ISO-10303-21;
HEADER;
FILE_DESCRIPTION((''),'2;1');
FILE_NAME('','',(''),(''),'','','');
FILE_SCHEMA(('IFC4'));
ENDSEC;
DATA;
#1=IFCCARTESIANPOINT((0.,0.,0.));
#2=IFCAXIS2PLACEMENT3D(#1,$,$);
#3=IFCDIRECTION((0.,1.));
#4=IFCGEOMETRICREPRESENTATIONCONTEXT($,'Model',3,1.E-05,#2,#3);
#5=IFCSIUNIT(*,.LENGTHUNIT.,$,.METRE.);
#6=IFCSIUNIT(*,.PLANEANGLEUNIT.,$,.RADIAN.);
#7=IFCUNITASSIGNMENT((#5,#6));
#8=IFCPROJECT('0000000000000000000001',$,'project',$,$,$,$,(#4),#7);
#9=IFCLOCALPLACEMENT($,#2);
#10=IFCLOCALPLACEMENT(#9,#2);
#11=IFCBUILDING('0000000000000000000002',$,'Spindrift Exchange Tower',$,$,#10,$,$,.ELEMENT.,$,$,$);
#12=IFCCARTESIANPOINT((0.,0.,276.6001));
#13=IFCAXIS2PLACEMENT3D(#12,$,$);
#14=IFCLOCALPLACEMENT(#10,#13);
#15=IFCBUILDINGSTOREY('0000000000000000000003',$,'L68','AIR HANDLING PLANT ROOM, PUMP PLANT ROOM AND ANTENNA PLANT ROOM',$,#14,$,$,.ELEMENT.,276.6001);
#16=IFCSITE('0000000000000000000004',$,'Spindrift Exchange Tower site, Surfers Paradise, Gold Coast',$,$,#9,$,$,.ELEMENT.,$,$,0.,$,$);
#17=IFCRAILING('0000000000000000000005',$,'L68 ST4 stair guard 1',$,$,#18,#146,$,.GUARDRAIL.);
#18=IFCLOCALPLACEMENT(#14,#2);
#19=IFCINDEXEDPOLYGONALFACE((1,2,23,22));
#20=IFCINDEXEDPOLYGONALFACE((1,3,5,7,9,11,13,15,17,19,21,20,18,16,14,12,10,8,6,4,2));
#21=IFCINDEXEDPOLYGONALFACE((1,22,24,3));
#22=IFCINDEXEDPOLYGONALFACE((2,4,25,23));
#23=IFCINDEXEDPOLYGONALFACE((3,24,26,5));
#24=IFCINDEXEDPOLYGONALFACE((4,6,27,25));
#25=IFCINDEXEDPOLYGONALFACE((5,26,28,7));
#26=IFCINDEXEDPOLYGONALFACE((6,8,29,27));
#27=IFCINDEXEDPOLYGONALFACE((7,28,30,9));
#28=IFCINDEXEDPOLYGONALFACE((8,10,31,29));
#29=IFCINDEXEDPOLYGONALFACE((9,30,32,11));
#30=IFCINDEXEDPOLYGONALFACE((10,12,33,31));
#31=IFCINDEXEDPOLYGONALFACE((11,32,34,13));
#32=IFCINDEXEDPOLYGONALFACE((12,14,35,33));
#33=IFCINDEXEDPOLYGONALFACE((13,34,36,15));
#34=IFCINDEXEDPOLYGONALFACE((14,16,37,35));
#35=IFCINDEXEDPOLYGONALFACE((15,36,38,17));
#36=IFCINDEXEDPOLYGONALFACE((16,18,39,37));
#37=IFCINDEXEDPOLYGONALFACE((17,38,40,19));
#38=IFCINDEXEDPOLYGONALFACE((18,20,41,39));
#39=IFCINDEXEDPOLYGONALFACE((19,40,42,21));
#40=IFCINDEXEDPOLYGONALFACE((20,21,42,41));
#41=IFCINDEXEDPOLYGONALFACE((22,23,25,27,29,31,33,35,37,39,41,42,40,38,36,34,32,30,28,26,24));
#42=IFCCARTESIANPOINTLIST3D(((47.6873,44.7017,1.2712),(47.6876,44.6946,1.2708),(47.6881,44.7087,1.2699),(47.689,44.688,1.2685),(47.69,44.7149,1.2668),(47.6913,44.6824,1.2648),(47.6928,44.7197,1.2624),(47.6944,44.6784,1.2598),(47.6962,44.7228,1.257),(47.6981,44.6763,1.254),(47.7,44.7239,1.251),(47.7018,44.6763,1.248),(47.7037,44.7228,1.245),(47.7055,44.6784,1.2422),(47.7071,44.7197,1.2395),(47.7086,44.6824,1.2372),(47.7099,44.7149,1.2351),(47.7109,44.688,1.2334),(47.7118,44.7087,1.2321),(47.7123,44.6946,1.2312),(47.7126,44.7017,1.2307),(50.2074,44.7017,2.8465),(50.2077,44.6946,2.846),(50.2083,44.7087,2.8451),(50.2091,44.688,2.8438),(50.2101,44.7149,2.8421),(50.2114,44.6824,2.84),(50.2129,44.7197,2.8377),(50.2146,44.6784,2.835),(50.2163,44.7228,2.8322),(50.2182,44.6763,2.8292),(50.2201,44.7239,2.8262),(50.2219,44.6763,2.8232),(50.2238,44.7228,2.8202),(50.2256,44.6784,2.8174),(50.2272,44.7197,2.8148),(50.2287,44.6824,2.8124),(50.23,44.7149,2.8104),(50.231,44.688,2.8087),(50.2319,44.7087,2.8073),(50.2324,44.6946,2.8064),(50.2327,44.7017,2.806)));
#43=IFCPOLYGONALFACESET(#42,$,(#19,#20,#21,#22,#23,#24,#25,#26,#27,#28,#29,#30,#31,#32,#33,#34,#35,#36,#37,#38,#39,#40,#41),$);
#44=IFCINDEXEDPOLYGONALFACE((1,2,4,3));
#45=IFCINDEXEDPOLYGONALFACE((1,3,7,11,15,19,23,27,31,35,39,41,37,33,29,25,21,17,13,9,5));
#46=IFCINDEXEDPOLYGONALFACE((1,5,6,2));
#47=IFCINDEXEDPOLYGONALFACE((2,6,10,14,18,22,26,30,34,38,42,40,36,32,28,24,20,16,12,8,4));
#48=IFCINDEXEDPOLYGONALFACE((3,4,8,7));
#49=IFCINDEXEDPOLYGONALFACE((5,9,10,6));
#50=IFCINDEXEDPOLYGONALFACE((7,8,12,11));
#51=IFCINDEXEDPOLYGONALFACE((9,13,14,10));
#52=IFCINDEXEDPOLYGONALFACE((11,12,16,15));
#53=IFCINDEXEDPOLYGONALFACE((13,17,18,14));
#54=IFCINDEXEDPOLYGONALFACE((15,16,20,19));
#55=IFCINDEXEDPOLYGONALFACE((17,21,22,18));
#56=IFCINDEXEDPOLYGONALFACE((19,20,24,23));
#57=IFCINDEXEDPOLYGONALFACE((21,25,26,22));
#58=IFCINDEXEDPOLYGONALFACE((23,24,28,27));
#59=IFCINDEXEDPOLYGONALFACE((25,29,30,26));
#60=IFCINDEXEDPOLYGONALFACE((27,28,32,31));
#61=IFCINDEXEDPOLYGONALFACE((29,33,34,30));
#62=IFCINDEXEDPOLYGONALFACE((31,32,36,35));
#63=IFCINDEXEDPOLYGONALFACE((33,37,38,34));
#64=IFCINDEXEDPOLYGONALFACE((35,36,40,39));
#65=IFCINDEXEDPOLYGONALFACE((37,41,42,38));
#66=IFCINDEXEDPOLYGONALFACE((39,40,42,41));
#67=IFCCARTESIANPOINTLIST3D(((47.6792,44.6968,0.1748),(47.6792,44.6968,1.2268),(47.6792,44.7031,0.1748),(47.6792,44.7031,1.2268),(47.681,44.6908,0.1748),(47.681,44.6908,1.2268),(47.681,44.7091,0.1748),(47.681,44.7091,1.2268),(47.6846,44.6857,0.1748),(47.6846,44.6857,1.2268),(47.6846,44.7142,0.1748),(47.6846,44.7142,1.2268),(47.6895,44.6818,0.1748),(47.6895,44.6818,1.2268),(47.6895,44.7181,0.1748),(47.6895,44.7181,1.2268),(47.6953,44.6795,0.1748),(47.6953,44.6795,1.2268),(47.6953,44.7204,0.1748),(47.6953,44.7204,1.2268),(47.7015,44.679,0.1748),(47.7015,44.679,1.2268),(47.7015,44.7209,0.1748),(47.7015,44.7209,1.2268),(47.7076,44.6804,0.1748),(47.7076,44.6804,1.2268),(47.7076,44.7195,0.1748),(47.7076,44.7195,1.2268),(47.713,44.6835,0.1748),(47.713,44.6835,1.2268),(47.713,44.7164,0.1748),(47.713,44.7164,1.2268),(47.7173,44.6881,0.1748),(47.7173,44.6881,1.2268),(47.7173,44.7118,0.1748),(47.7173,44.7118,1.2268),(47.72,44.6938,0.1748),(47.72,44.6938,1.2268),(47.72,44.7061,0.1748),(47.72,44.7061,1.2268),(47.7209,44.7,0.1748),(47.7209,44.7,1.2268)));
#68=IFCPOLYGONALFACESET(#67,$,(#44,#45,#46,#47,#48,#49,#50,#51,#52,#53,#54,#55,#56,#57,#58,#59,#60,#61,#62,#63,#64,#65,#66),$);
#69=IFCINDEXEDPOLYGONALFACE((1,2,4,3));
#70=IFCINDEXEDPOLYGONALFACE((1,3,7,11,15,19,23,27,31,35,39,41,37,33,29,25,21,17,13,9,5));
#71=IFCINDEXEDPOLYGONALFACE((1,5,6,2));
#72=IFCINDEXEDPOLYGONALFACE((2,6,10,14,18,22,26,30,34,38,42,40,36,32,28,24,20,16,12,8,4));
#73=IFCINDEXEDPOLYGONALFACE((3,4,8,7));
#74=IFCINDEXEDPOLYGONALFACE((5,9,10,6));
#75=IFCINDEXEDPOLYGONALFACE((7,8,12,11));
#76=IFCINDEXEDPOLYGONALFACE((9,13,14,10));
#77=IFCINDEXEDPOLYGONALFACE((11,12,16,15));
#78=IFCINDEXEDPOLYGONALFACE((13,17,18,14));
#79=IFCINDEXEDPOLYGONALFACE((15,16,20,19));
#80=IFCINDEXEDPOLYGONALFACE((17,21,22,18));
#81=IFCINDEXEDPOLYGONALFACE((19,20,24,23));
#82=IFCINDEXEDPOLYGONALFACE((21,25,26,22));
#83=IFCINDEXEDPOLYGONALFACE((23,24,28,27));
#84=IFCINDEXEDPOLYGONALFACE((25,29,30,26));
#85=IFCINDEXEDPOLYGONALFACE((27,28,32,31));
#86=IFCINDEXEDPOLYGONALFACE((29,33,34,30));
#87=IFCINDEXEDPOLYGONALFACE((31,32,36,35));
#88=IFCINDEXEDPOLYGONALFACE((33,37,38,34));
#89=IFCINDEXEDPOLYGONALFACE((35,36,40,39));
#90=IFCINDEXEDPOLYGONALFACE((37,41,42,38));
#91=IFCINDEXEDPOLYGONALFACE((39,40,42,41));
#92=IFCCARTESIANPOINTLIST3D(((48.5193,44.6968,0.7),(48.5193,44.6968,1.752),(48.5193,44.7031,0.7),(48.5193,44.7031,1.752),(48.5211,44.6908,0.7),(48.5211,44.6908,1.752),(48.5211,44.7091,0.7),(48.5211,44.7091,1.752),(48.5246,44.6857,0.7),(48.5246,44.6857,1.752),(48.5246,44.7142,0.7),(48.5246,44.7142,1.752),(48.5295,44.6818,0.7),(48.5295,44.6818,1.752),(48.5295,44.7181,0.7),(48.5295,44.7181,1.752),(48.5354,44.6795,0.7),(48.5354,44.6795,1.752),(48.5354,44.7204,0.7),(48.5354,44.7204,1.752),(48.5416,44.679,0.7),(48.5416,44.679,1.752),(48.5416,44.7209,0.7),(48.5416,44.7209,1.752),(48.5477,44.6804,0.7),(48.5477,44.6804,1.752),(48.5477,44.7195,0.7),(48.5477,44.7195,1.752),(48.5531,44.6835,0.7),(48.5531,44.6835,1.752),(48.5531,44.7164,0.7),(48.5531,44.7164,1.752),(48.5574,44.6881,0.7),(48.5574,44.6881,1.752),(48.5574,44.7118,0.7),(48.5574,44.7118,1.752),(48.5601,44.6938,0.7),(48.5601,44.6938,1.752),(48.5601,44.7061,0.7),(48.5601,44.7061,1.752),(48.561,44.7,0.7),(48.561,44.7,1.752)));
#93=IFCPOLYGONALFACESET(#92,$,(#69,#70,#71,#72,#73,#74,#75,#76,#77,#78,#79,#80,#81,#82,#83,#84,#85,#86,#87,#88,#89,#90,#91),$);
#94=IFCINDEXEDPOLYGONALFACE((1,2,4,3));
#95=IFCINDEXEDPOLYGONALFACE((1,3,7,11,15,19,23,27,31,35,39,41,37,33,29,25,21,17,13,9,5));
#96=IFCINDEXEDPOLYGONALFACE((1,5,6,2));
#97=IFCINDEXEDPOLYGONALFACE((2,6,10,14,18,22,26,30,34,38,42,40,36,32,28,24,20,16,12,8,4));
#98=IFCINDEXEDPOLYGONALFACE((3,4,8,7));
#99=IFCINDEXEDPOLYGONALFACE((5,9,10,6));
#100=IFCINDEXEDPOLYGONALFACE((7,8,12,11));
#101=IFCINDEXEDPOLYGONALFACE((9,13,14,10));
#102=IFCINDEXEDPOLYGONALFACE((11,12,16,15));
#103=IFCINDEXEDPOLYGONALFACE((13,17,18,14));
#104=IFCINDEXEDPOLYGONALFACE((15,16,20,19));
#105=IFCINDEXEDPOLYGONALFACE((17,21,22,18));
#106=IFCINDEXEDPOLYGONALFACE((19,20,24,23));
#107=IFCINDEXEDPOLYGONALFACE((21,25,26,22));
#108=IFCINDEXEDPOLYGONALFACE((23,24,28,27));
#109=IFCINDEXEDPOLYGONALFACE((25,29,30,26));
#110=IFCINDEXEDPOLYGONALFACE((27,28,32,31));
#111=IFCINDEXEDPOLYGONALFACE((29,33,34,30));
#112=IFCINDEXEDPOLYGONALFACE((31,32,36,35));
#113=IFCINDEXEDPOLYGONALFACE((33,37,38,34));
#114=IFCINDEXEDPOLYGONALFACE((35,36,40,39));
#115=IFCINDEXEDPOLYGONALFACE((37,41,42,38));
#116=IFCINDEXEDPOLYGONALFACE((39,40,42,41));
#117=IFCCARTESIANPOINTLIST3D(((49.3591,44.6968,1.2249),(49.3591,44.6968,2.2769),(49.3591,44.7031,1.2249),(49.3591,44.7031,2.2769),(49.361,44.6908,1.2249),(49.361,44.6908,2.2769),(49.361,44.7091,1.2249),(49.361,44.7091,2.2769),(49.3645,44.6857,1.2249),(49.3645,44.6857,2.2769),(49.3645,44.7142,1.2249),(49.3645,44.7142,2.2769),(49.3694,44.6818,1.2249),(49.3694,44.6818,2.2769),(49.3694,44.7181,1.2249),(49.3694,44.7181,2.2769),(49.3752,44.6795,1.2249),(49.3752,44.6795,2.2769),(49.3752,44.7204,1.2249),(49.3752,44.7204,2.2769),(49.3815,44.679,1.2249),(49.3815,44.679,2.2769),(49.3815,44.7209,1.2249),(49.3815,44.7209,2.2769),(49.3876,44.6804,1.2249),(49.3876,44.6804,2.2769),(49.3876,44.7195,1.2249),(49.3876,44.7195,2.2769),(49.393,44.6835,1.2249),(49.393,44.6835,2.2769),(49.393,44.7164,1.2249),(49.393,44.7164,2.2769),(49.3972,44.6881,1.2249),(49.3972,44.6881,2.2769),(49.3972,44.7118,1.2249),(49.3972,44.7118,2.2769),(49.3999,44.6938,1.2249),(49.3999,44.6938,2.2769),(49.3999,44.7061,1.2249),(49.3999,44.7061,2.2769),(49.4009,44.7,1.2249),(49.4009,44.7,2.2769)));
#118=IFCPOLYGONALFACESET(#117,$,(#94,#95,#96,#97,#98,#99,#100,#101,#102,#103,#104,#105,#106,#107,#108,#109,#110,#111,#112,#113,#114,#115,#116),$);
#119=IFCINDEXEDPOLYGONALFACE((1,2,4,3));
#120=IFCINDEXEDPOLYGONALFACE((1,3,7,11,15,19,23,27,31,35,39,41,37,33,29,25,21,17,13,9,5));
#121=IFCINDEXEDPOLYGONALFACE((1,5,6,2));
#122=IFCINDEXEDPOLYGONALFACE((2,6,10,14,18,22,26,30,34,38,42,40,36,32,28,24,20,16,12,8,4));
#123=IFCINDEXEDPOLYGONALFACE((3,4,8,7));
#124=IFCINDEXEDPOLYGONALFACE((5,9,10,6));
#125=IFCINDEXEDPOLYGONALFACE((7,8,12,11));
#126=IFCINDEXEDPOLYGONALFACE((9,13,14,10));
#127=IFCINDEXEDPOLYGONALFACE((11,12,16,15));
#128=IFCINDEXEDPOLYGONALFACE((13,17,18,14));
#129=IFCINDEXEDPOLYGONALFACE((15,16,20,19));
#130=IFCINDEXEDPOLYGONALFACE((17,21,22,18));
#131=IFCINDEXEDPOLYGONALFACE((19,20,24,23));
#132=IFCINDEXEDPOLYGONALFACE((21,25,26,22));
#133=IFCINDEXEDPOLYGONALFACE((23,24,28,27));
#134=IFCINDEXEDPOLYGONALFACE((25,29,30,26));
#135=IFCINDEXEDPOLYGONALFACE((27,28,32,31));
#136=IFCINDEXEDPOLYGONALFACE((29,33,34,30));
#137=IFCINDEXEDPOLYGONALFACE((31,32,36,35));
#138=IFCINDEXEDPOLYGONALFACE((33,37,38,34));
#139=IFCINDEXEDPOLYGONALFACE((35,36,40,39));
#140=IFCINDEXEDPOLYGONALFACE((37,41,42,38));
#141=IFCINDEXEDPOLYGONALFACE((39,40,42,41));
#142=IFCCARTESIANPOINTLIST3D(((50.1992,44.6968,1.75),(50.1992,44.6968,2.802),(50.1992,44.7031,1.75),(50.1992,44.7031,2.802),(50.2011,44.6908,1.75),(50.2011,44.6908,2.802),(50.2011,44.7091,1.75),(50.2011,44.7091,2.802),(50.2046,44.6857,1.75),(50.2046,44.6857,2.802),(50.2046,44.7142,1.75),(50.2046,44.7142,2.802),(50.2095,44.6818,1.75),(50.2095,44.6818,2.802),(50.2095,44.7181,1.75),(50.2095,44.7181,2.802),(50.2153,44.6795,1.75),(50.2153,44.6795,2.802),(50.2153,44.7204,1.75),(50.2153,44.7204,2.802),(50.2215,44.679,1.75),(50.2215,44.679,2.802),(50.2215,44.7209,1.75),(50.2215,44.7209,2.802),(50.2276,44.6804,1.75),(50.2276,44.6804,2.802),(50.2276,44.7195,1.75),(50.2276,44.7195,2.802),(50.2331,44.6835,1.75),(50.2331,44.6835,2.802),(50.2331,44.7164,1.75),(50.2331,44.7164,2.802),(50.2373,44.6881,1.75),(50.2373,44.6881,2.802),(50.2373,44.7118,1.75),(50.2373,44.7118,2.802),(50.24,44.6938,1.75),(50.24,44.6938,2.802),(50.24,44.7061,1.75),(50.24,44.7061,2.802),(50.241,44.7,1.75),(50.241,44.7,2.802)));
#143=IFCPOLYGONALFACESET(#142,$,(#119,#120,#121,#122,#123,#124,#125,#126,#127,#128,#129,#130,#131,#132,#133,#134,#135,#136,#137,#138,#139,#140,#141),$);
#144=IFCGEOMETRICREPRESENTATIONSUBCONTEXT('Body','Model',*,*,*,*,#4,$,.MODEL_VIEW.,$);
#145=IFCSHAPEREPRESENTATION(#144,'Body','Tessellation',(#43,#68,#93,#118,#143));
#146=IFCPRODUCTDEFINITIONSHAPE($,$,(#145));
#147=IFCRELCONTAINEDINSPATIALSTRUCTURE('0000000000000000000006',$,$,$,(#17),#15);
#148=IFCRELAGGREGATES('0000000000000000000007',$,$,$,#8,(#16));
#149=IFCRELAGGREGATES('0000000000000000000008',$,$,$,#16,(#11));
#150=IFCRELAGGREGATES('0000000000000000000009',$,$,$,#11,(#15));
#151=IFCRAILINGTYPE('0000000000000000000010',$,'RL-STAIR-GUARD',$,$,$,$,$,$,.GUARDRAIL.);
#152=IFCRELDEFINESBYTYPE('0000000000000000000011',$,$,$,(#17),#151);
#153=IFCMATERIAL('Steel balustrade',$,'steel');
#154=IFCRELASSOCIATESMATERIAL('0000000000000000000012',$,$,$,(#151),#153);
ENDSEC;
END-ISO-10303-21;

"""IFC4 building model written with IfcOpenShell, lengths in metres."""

from ifc_helpers import new_model, si_unit, direction, frame, origin, origin_2d, place, context, subcontext, project, spatial, circle, extrude, material, type_object, element, save


model = new_model("IFC4")

# Units and contexts
model_context = context("Model", 3, precision=1e-05, world=origin(), true_north=direction((0.0, 1.0)))
body_context = subcontext(model_context, "Body", "Model", "MODEL_VIEW")
ifc_project = project(units=[si_unit("LENGTHUNIT", "METRE"), si_unit("PLANEANGLEUNIT", "RADIAN")], contexts=[model_context])

# Site, building, storey
site_placement = place(None, origin())
site = spatial("IfcSite", under=ifc_project, at=site_placement, Name="Spindrift Exchange Tower site, Surfers Paradise, Gold Coast", CompositionType="ELEMENT", RefElevation=0.0)
building_placement = place(site_placement, origin())
building = spatial("IfcBuilding", under=site, at=building_placement, Name="Spindrift Exchange Tower", CompositionType="ELEMENT")
storey_placement = place(building_placement, frame((0.0, 0.0, 276.6001)))
storey = spatial("IfcBuildingStorey", under=building, at=storey_placement, Name="L68", Description="AIR HANDLING PLANT ROOM, PUMP PLANT ROOM AND ANTENNA PLANT ROOM", CompositionType="ELEMENT", Elevation=276.6001)

# Railing
ifc_material_1 = material(Name="Steel balustrade", Category="steel")
railing_type_1 = type_object("IfcRailingType", Name="RL-STAIR-GUARD", PredefinedType="GUARDRAIL", material=ifc_material_1)
railing_1_placement = place(storey_placement, frame((47.7, 44.7, 0.1748)))
element("IfcRailing", 1, at=railing_1_placement, inside=storey, type_object=railing_type_1, Name="L68 ST4 stair guard 1", PredefinedType="GUARDRAIL", context=body_context, shape_type="SweptSolid", body=[
    extrude(circle(Radius=0.0239, at=origin_2d()), frame((0.0, 0.0, 1.0762), z_axis=(0.847971, 0.0, 0.530043), x_axis=(0.0, 1.0, 0.0)), (0.0, 0.0, 1.0), 2.9719),
    extrude(circle(Radius=0.021, at=origin_2d()), origin(), (0.0, 0.0, 1.0), 1.052),
    extrude(circle(Radius=0.021, at=origin_2d()), frame((0.8401, 0.0, 0.5251)), (0.0, 0.0, 1.0), 1.052),
    extrude(circle(Radius=0.021, at=origin_2d()), frame((1.6799, 0.0, 1.05)), (0.0, 0.0, 1.0), 1.052),
    extrude(circle(Radius=0.021, at=origin_2d()), frame((2.52, 0.0, 1.5752)), (0.0, 0.0, 1.0), 1.052),
])

save(model, "model.ifc")
